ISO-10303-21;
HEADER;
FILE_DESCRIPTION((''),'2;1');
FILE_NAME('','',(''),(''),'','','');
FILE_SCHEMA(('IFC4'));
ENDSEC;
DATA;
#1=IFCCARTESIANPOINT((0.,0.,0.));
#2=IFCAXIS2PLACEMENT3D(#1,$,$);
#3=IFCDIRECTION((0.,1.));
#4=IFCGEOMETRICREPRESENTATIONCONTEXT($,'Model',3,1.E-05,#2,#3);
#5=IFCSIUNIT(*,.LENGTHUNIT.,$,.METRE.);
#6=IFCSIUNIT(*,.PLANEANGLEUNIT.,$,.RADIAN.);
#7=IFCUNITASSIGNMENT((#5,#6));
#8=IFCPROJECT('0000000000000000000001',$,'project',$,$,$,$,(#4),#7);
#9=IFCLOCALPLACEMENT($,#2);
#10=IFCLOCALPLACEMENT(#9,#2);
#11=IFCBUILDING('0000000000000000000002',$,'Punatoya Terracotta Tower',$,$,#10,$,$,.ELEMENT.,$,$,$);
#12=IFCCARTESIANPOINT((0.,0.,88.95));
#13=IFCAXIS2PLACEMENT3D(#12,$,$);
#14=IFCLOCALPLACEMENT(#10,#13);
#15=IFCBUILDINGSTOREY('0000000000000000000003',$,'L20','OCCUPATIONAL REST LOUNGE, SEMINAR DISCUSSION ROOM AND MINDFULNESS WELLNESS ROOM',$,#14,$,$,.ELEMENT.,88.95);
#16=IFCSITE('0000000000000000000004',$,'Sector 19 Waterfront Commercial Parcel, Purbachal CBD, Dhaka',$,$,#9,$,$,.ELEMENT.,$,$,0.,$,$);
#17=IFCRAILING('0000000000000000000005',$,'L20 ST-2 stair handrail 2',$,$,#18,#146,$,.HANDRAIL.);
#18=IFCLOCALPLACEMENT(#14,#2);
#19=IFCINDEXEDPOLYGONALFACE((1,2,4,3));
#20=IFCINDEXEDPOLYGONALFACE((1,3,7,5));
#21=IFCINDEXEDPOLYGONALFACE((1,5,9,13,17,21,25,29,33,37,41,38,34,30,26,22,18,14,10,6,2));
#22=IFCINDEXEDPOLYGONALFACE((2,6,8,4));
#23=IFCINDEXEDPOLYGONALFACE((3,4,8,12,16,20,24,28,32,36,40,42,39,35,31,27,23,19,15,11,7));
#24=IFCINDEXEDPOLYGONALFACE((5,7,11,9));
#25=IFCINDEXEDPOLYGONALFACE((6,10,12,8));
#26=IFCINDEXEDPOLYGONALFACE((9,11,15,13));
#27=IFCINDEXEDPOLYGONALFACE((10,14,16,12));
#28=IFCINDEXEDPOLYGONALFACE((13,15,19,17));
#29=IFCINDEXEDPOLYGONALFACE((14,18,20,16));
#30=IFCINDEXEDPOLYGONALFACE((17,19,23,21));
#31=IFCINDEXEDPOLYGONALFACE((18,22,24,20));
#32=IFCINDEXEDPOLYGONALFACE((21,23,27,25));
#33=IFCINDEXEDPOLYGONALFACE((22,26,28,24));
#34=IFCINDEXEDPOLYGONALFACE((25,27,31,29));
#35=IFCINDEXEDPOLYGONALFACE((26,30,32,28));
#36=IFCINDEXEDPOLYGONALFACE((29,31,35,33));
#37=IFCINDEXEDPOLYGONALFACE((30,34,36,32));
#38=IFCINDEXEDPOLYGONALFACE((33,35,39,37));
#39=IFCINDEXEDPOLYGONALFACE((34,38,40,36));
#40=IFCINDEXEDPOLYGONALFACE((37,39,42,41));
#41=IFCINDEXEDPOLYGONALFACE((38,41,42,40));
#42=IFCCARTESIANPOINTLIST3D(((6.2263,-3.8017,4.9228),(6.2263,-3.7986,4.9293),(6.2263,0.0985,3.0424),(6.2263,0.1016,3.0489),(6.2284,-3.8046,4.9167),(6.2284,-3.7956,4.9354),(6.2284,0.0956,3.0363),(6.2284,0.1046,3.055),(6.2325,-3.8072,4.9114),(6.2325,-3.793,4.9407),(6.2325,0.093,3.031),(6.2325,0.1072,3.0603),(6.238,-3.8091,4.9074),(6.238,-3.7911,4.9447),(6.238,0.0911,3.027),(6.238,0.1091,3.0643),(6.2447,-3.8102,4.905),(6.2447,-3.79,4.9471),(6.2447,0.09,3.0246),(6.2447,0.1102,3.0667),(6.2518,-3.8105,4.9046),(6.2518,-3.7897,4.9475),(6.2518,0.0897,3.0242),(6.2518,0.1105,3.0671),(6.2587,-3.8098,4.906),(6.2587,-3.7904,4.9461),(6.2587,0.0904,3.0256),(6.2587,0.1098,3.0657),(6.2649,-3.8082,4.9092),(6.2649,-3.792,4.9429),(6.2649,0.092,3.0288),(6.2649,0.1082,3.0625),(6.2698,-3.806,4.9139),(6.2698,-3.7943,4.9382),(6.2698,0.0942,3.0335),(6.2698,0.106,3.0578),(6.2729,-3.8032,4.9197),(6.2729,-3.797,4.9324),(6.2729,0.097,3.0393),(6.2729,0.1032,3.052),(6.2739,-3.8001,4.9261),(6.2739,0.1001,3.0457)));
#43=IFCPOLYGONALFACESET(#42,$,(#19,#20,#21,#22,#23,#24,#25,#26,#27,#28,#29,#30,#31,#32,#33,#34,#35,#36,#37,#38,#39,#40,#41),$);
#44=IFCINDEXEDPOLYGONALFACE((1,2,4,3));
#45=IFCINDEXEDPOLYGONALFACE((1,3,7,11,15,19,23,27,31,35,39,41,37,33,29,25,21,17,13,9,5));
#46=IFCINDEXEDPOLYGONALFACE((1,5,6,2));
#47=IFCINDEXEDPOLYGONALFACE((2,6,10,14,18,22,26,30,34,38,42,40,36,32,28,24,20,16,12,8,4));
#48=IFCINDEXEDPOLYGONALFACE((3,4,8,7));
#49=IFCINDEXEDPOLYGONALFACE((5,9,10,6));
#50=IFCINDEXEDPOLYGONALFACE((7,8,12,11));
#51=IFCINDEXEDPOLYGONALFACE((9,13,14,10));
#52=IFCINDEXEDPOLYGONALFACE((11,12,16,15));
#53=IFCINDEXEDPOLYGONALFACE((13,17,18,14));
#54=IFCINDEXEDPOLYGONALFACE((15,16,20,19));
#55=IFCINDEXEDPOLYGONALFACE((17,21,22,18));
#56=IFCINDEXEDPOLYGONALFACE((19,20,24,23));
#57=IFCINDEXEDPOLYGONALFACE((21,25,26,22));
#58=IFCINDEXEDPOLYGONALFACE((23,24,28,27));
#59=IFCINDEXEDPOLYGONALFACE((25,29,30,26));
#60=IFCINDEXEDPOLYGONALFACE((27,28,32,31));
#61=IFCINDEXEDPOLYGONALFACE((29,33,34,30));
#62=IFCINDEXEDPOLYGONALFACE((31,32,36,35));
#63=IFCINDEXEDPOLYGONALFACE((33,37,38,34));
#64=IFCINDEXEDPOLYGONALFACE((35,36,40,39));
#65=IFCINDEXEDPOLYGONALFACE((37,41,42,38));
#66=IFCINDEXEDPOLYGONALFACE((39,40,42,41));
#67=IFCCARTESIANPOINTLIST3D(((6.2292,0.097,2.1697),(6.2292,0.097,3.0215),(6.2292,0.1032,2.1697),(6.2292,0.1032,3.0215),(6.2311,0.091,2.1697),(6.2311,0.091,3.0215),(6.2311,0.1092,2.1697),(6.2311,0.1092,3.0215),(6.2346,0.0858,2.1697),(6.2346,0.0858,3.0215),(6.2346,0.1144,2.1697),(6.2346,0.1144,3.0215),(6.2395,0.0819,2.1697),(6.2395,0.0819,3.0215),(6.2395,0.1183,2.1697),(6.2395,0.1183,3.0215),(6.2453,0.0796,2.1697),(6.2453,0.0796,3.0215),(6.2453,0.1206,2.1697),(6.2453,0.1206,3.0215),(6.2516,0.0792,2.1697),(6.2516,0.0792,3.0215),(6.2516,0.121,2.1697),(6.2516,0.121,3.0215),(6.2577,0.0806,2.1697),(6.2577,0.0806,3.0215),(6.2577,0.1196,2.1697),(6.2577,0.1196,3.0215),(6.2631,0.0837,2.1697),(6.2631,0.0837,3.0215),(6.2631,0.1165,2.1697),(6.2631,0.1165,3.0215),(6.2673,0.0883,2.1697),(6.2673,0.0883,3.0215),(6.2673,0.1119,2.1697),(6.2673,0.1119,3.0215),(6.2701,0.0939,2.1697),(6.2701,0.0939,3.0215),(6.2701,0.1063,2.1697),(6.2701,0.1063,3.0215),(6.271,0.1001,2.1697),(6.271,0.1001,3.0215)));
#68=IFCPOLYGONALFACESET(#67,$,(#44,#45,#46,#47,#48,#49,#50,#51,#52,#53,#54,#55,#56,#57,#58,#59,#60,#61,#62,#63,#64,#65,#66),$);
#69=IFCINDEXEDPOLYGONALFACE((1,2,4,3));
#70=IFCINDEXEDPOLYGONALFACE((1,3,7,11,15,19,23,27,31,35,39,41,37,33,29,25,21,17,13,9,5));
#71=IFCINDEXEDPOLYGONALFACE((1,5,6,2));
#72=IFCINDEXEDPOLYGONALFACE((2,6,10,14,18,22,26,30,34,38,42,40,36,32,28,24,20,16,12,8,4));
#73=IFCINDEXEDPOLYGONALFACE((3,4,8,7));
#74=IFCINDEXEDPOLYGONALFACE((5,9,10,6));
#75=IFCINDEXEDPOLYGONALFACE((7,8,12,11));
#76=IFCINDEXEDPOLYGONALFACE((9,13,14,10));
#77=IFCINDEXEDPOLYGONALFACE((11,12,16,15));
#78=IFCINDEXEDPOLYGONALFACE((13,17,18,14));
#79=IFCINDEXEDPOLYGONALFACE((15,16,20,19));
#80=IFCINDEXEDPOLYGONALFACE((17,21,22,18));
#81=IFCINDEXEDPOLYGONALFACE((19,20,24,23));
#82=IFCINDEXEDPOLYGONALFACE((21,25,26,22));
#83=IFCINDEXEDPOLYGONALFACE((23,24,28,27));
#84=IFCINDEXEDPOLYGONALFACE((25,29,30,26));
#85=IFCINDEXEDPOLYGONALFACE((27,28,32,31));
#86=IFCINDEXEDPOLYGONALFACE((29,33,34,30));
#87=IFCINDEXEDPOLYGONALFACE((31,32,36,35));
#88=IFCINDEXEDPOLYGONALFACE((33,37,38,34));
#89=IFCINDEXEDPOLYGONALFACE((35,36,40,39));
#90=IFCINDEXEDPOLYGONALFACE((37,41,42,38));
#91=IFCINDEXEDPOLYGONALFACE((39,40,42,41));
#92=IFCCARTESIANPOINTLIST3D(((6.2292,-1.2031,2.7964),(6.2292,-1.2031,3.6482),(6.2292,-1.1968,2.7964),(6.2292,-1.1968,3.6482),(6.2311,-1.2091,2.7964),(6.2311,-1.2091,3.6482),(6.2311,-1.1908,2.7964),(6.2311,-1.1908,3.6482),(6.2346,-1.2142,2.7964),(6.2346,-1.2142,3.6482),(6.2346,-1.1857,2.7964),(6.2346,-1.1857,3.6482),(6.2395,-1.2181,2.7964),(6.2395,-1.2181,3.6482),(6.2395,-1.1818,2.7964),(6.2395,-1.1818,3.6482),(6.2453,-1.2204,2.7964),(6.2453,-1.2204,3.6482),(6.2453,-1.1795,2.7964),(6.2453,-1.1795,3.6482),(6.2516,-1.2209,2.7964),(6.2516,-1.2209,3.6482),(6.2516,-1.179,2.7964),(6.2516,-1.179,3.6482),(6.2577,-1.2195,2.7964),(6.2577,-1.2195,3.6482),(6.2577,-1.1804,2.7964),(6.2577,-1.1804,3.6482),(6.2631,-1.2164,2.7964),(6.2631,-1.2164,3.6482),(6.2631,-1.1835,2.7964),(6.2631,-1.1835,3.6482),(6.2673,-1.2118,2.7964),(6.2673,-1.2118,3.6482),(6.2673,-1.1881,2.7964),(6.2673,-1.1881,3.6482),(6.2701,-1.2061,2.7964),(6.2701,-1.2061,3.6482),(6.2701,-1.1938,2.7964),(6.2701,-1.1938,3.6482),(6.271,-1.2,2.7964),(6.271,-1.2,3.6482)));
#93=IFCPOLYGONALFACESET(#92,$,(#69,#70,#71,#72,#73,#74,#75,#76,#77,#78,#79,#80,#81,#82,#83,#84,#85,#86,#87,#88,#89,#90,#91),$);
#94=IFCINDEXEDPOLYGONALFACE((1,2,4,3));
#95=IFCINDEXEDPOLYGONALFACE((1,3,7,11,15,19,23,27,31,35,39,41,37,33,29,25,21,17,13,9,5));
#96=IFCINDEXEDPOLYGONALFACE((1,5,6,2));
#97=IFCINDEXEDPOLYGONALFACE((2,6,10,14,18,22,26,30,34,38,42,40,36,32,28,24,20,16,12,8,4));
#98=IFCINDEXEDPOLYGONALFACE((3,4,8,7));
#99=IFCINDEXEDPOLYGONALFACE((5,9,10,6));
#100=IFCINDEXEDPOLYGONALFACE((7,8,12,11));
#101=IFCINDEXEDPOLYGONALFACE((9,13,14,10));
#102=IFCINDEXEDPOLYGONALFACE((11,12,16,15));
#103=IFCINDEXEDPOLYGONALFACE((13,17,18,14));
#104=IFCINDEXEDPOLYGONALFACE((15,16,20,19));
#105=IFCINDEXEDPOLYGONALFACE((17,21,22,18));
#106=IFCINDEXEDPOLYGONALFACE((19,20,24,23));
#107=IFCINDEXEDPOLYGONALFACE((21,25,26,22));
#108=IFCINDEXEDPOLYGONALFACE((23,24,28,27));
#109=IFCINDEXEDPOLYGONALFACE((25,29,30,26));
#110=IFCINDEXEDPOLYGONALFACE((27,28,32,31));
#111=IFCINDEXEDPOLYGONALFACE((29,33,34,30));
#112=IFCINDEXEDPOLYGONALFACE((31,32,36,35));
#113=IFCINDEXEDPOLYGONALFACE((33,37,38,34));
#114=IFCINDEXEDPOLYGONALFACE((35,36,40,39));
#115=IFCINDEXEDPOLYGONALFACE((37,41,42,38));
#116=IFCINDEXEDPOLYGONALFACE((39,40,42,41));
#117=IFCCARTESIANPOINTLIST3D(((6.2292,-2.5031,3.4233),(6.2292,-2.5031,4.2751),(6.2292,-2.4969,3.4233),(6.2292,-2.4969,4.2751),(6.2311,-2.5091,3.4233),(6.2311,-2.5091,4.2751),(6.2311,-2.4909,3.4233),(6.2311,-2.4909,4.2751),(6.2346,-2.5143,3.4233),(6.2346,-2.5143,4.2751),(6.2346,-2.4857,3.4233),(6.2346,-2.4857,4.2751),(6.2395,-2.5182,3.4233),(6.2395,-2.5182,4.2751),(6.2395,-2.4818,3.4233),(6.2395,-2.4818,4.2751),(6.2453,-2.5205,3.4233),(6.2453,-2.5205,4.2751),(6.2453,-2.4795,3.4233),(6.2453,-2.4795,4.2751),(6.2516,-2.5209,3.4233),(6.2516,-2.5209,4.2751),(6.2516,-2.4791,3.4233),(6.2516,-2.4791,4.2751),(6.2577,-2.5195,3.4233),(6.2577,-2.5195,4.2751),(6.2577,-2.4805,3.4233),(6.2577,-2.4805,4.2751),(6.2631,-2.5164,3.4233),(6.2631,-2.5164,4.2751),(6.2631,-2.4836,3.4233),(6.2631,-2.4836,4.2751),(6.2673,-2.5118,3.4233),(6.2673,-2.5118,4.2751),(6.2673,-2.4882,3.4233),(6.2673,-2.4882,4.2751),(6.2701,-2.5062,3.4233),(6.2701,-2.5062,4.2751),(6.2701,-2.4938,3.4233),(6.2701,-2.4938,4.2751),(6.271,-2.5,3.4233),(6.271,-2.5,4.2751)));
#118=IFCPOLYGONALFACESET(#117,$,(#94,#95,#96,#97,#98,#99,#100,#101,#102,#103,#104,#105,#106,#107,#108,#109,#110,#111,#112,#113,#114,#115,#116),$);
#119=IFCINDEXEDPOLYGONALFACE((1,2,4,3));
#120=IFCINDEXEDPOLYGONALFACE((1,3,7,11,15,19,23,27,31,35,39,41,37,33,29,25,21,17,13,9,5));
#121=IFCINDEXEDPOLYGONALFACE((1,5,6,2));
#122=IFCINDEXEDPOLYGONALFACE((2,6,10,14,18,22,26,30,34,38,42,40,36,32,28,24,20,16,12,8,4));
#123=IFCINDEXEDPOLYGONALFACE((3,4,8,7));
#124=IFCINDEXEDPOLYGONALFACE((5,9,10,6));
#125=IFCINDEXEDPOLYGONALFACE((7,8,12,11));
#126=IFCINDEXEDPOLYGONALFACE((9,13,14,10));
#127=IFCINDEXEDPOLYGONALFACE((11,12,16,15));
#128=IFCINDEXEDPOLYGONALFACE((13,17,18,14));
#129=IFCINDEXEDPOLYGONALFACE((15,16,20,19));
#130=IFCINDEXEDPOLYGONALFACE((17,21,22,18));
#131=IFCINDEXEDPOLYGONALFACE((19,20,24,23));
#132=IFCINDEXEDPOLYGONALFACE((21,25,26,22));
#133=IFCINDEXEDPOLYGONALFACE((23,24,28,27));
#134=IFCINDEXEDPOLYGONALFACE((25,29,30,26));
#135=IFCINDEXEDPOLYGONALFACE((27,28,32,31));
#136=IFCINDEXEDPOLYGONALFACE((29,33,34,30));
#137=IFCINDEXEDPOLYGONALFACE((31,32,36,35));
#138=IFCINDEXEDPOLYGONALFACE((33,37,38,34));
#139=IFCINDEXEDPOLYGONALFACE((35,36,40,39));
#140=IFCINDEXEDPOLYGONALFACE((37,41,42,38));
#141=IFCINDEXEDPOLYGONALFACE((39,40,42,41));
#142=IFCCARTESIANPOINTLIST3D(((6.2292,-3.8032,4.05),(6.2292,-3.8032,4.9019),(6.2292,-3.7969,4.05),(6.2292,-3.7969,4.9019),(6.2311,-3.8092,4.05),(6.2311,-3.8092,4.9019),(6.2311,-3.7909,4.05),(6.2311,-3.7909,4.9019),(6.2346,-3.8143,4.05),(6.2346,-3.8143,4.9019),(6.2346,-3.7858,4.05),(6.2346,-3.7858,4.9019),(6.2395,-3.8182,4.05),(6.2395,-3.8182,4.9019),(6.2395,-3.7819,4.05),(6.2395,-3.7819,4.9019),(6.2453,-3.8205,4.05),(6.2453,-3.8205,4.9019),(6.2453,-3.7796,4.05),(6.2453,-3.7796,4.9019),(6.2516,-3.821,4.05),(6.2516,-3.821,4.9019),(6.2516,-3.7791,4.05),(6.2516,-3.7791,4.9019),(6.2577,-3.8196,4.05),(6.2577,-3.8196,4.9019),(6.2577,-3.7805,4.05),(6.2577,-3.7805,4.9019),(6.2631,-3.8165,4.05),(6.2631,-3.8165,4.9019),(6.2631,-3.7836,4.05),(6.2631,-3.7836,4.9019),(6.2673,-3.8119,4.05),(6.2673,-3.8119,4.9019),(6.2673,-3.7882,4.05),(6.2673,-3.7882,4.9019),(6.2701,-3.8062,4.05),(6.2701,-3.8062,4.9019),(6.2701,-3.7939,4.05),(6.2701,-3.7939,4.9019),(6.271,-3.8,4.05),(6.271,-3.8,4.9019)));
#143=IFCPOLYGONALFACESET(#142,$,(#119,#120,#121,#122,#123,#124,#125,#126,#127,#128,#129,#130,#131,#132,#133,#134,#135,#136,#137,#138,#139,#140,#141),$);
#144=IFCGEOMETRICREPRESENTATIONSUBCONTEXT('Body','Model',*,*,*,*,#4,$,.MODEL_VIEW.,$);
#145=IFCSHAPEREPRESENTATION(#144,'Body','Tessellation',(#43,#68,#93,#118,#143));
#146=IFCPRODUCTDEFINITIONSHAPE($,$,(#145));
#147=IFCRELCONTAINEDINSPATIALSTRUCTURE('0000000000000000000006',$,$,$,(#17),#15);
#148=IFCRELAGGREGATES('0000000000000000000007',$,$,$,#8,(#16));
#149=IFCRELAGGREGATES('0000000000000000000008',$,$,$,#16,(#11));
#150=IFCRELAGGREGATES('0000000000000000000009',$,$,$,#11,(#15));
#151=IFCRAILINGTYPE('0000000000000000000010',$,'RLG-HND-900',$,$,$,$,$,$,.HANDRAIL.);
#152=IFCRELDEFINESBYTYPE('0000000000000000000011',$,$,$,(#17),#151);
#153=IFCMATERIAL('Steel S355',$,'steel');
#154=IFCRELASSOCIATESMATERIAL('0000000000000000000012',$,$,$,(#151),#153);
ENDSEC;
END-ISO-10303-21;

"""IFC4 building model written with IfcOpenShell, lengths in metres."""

from ifc_helpers import new_model, si_unit, direction, frame, origin, origin_2d, place, context, subcontext, project, spatial, circle, extrude, material, type_object, element, save


model = new_model("IFC4")

# Units and contexts
model_context = context("Model", 3, precision=1e-05, world=origin(), true_north=direction((0.0, 1.0)))
body_context = subcontext(model_context, "Body", "Model", "MODEL_VIEW")
ifc_project = project(units=[si_unit("LENGTHUNIT", "METRE"), si_unit("PLANEANGLEUNIT", "RADIAN")], contexts=[model_context])

# Site, building, storey
site_placement = place(None, origin())
site = spatial("IfcSite", under=ifc_project, at=site_placement, Name="Sector 19 Waterfront Commercial Parcel, Purbachal CBD, Dhaka", CompositionType="ELEMENT", RefElevation=0.0)
building_placement = place(site_placement, origin())
building = spatial("IfcBuilding", under=site, at=building_placement, Name="Punatoya Terracotta Tower", CompositionType="ELEMENT")
storey_placement = place(building_placement, frame((0.0, 0.0, 88.95)))
storey = spatial("IfcBuildingStorey", under=building, at=storey_placement, Name="L20", Description="OCCUPATIONAL REST LOUNGE, SEMINAR DISCUSSION ROOM AND MINDFULNESS WELLNESS ROOM", CompositionType="ELEMENT", Elevation=88.95)

# Shared definitions
ifc_material_1 = material(Name="Steel S355", Category="steel")

# Railing
railing_type_1 = type_object("IfcRailingType", Name="RLG-HND-900", PredefinedType="HANDRAIL", material=ifc_material_1)
railing_1_placement = place(storey_placement, frame((6.25, 0.1001, 2.1697)))
element("IfcRailing", 1, at=railing_1_placement, inside=storey, type_object=railing_type_1, Name="L20 ST-2 stair handrail 2", PredefinedType="HANDRAIL", context=body_context, shape_type="SweptSolid", body=[
    extrude(circle(Radius=0.0239, at=origin_2d()), frame((0.0, 0.0, 0.876), z_axis=(0.0, -0.900774, 0.434289), x_axis=(1.0, 0.0, 0.0)), (0.0, 0.0, 1.0), 4.3298),
    extrude(circle(Radius=0.021, at=origin_2d()), origin(), (0.0, 0.0, 1.0), 0.8518),
    extrude(circle(Radius=0.021, at=origin_2d()), frame((0.0, -1.3, 0.6267)), (0.0, 0.0, 1.0), 0.8518),
    extrude(circle(Radius=0.021, at=origin_2d()), frame((0.0, -2.6001, 1.2537)), (0.0, 0.0, 1.0), 0.8518),
    extrude(circle(Radius=0.021, at=origin_2d()), frame((0.0, -3.9001, 1.8804)), (0.0, 0.0, 1.0), 0.8518),
])

save(model, "model.ifc")
